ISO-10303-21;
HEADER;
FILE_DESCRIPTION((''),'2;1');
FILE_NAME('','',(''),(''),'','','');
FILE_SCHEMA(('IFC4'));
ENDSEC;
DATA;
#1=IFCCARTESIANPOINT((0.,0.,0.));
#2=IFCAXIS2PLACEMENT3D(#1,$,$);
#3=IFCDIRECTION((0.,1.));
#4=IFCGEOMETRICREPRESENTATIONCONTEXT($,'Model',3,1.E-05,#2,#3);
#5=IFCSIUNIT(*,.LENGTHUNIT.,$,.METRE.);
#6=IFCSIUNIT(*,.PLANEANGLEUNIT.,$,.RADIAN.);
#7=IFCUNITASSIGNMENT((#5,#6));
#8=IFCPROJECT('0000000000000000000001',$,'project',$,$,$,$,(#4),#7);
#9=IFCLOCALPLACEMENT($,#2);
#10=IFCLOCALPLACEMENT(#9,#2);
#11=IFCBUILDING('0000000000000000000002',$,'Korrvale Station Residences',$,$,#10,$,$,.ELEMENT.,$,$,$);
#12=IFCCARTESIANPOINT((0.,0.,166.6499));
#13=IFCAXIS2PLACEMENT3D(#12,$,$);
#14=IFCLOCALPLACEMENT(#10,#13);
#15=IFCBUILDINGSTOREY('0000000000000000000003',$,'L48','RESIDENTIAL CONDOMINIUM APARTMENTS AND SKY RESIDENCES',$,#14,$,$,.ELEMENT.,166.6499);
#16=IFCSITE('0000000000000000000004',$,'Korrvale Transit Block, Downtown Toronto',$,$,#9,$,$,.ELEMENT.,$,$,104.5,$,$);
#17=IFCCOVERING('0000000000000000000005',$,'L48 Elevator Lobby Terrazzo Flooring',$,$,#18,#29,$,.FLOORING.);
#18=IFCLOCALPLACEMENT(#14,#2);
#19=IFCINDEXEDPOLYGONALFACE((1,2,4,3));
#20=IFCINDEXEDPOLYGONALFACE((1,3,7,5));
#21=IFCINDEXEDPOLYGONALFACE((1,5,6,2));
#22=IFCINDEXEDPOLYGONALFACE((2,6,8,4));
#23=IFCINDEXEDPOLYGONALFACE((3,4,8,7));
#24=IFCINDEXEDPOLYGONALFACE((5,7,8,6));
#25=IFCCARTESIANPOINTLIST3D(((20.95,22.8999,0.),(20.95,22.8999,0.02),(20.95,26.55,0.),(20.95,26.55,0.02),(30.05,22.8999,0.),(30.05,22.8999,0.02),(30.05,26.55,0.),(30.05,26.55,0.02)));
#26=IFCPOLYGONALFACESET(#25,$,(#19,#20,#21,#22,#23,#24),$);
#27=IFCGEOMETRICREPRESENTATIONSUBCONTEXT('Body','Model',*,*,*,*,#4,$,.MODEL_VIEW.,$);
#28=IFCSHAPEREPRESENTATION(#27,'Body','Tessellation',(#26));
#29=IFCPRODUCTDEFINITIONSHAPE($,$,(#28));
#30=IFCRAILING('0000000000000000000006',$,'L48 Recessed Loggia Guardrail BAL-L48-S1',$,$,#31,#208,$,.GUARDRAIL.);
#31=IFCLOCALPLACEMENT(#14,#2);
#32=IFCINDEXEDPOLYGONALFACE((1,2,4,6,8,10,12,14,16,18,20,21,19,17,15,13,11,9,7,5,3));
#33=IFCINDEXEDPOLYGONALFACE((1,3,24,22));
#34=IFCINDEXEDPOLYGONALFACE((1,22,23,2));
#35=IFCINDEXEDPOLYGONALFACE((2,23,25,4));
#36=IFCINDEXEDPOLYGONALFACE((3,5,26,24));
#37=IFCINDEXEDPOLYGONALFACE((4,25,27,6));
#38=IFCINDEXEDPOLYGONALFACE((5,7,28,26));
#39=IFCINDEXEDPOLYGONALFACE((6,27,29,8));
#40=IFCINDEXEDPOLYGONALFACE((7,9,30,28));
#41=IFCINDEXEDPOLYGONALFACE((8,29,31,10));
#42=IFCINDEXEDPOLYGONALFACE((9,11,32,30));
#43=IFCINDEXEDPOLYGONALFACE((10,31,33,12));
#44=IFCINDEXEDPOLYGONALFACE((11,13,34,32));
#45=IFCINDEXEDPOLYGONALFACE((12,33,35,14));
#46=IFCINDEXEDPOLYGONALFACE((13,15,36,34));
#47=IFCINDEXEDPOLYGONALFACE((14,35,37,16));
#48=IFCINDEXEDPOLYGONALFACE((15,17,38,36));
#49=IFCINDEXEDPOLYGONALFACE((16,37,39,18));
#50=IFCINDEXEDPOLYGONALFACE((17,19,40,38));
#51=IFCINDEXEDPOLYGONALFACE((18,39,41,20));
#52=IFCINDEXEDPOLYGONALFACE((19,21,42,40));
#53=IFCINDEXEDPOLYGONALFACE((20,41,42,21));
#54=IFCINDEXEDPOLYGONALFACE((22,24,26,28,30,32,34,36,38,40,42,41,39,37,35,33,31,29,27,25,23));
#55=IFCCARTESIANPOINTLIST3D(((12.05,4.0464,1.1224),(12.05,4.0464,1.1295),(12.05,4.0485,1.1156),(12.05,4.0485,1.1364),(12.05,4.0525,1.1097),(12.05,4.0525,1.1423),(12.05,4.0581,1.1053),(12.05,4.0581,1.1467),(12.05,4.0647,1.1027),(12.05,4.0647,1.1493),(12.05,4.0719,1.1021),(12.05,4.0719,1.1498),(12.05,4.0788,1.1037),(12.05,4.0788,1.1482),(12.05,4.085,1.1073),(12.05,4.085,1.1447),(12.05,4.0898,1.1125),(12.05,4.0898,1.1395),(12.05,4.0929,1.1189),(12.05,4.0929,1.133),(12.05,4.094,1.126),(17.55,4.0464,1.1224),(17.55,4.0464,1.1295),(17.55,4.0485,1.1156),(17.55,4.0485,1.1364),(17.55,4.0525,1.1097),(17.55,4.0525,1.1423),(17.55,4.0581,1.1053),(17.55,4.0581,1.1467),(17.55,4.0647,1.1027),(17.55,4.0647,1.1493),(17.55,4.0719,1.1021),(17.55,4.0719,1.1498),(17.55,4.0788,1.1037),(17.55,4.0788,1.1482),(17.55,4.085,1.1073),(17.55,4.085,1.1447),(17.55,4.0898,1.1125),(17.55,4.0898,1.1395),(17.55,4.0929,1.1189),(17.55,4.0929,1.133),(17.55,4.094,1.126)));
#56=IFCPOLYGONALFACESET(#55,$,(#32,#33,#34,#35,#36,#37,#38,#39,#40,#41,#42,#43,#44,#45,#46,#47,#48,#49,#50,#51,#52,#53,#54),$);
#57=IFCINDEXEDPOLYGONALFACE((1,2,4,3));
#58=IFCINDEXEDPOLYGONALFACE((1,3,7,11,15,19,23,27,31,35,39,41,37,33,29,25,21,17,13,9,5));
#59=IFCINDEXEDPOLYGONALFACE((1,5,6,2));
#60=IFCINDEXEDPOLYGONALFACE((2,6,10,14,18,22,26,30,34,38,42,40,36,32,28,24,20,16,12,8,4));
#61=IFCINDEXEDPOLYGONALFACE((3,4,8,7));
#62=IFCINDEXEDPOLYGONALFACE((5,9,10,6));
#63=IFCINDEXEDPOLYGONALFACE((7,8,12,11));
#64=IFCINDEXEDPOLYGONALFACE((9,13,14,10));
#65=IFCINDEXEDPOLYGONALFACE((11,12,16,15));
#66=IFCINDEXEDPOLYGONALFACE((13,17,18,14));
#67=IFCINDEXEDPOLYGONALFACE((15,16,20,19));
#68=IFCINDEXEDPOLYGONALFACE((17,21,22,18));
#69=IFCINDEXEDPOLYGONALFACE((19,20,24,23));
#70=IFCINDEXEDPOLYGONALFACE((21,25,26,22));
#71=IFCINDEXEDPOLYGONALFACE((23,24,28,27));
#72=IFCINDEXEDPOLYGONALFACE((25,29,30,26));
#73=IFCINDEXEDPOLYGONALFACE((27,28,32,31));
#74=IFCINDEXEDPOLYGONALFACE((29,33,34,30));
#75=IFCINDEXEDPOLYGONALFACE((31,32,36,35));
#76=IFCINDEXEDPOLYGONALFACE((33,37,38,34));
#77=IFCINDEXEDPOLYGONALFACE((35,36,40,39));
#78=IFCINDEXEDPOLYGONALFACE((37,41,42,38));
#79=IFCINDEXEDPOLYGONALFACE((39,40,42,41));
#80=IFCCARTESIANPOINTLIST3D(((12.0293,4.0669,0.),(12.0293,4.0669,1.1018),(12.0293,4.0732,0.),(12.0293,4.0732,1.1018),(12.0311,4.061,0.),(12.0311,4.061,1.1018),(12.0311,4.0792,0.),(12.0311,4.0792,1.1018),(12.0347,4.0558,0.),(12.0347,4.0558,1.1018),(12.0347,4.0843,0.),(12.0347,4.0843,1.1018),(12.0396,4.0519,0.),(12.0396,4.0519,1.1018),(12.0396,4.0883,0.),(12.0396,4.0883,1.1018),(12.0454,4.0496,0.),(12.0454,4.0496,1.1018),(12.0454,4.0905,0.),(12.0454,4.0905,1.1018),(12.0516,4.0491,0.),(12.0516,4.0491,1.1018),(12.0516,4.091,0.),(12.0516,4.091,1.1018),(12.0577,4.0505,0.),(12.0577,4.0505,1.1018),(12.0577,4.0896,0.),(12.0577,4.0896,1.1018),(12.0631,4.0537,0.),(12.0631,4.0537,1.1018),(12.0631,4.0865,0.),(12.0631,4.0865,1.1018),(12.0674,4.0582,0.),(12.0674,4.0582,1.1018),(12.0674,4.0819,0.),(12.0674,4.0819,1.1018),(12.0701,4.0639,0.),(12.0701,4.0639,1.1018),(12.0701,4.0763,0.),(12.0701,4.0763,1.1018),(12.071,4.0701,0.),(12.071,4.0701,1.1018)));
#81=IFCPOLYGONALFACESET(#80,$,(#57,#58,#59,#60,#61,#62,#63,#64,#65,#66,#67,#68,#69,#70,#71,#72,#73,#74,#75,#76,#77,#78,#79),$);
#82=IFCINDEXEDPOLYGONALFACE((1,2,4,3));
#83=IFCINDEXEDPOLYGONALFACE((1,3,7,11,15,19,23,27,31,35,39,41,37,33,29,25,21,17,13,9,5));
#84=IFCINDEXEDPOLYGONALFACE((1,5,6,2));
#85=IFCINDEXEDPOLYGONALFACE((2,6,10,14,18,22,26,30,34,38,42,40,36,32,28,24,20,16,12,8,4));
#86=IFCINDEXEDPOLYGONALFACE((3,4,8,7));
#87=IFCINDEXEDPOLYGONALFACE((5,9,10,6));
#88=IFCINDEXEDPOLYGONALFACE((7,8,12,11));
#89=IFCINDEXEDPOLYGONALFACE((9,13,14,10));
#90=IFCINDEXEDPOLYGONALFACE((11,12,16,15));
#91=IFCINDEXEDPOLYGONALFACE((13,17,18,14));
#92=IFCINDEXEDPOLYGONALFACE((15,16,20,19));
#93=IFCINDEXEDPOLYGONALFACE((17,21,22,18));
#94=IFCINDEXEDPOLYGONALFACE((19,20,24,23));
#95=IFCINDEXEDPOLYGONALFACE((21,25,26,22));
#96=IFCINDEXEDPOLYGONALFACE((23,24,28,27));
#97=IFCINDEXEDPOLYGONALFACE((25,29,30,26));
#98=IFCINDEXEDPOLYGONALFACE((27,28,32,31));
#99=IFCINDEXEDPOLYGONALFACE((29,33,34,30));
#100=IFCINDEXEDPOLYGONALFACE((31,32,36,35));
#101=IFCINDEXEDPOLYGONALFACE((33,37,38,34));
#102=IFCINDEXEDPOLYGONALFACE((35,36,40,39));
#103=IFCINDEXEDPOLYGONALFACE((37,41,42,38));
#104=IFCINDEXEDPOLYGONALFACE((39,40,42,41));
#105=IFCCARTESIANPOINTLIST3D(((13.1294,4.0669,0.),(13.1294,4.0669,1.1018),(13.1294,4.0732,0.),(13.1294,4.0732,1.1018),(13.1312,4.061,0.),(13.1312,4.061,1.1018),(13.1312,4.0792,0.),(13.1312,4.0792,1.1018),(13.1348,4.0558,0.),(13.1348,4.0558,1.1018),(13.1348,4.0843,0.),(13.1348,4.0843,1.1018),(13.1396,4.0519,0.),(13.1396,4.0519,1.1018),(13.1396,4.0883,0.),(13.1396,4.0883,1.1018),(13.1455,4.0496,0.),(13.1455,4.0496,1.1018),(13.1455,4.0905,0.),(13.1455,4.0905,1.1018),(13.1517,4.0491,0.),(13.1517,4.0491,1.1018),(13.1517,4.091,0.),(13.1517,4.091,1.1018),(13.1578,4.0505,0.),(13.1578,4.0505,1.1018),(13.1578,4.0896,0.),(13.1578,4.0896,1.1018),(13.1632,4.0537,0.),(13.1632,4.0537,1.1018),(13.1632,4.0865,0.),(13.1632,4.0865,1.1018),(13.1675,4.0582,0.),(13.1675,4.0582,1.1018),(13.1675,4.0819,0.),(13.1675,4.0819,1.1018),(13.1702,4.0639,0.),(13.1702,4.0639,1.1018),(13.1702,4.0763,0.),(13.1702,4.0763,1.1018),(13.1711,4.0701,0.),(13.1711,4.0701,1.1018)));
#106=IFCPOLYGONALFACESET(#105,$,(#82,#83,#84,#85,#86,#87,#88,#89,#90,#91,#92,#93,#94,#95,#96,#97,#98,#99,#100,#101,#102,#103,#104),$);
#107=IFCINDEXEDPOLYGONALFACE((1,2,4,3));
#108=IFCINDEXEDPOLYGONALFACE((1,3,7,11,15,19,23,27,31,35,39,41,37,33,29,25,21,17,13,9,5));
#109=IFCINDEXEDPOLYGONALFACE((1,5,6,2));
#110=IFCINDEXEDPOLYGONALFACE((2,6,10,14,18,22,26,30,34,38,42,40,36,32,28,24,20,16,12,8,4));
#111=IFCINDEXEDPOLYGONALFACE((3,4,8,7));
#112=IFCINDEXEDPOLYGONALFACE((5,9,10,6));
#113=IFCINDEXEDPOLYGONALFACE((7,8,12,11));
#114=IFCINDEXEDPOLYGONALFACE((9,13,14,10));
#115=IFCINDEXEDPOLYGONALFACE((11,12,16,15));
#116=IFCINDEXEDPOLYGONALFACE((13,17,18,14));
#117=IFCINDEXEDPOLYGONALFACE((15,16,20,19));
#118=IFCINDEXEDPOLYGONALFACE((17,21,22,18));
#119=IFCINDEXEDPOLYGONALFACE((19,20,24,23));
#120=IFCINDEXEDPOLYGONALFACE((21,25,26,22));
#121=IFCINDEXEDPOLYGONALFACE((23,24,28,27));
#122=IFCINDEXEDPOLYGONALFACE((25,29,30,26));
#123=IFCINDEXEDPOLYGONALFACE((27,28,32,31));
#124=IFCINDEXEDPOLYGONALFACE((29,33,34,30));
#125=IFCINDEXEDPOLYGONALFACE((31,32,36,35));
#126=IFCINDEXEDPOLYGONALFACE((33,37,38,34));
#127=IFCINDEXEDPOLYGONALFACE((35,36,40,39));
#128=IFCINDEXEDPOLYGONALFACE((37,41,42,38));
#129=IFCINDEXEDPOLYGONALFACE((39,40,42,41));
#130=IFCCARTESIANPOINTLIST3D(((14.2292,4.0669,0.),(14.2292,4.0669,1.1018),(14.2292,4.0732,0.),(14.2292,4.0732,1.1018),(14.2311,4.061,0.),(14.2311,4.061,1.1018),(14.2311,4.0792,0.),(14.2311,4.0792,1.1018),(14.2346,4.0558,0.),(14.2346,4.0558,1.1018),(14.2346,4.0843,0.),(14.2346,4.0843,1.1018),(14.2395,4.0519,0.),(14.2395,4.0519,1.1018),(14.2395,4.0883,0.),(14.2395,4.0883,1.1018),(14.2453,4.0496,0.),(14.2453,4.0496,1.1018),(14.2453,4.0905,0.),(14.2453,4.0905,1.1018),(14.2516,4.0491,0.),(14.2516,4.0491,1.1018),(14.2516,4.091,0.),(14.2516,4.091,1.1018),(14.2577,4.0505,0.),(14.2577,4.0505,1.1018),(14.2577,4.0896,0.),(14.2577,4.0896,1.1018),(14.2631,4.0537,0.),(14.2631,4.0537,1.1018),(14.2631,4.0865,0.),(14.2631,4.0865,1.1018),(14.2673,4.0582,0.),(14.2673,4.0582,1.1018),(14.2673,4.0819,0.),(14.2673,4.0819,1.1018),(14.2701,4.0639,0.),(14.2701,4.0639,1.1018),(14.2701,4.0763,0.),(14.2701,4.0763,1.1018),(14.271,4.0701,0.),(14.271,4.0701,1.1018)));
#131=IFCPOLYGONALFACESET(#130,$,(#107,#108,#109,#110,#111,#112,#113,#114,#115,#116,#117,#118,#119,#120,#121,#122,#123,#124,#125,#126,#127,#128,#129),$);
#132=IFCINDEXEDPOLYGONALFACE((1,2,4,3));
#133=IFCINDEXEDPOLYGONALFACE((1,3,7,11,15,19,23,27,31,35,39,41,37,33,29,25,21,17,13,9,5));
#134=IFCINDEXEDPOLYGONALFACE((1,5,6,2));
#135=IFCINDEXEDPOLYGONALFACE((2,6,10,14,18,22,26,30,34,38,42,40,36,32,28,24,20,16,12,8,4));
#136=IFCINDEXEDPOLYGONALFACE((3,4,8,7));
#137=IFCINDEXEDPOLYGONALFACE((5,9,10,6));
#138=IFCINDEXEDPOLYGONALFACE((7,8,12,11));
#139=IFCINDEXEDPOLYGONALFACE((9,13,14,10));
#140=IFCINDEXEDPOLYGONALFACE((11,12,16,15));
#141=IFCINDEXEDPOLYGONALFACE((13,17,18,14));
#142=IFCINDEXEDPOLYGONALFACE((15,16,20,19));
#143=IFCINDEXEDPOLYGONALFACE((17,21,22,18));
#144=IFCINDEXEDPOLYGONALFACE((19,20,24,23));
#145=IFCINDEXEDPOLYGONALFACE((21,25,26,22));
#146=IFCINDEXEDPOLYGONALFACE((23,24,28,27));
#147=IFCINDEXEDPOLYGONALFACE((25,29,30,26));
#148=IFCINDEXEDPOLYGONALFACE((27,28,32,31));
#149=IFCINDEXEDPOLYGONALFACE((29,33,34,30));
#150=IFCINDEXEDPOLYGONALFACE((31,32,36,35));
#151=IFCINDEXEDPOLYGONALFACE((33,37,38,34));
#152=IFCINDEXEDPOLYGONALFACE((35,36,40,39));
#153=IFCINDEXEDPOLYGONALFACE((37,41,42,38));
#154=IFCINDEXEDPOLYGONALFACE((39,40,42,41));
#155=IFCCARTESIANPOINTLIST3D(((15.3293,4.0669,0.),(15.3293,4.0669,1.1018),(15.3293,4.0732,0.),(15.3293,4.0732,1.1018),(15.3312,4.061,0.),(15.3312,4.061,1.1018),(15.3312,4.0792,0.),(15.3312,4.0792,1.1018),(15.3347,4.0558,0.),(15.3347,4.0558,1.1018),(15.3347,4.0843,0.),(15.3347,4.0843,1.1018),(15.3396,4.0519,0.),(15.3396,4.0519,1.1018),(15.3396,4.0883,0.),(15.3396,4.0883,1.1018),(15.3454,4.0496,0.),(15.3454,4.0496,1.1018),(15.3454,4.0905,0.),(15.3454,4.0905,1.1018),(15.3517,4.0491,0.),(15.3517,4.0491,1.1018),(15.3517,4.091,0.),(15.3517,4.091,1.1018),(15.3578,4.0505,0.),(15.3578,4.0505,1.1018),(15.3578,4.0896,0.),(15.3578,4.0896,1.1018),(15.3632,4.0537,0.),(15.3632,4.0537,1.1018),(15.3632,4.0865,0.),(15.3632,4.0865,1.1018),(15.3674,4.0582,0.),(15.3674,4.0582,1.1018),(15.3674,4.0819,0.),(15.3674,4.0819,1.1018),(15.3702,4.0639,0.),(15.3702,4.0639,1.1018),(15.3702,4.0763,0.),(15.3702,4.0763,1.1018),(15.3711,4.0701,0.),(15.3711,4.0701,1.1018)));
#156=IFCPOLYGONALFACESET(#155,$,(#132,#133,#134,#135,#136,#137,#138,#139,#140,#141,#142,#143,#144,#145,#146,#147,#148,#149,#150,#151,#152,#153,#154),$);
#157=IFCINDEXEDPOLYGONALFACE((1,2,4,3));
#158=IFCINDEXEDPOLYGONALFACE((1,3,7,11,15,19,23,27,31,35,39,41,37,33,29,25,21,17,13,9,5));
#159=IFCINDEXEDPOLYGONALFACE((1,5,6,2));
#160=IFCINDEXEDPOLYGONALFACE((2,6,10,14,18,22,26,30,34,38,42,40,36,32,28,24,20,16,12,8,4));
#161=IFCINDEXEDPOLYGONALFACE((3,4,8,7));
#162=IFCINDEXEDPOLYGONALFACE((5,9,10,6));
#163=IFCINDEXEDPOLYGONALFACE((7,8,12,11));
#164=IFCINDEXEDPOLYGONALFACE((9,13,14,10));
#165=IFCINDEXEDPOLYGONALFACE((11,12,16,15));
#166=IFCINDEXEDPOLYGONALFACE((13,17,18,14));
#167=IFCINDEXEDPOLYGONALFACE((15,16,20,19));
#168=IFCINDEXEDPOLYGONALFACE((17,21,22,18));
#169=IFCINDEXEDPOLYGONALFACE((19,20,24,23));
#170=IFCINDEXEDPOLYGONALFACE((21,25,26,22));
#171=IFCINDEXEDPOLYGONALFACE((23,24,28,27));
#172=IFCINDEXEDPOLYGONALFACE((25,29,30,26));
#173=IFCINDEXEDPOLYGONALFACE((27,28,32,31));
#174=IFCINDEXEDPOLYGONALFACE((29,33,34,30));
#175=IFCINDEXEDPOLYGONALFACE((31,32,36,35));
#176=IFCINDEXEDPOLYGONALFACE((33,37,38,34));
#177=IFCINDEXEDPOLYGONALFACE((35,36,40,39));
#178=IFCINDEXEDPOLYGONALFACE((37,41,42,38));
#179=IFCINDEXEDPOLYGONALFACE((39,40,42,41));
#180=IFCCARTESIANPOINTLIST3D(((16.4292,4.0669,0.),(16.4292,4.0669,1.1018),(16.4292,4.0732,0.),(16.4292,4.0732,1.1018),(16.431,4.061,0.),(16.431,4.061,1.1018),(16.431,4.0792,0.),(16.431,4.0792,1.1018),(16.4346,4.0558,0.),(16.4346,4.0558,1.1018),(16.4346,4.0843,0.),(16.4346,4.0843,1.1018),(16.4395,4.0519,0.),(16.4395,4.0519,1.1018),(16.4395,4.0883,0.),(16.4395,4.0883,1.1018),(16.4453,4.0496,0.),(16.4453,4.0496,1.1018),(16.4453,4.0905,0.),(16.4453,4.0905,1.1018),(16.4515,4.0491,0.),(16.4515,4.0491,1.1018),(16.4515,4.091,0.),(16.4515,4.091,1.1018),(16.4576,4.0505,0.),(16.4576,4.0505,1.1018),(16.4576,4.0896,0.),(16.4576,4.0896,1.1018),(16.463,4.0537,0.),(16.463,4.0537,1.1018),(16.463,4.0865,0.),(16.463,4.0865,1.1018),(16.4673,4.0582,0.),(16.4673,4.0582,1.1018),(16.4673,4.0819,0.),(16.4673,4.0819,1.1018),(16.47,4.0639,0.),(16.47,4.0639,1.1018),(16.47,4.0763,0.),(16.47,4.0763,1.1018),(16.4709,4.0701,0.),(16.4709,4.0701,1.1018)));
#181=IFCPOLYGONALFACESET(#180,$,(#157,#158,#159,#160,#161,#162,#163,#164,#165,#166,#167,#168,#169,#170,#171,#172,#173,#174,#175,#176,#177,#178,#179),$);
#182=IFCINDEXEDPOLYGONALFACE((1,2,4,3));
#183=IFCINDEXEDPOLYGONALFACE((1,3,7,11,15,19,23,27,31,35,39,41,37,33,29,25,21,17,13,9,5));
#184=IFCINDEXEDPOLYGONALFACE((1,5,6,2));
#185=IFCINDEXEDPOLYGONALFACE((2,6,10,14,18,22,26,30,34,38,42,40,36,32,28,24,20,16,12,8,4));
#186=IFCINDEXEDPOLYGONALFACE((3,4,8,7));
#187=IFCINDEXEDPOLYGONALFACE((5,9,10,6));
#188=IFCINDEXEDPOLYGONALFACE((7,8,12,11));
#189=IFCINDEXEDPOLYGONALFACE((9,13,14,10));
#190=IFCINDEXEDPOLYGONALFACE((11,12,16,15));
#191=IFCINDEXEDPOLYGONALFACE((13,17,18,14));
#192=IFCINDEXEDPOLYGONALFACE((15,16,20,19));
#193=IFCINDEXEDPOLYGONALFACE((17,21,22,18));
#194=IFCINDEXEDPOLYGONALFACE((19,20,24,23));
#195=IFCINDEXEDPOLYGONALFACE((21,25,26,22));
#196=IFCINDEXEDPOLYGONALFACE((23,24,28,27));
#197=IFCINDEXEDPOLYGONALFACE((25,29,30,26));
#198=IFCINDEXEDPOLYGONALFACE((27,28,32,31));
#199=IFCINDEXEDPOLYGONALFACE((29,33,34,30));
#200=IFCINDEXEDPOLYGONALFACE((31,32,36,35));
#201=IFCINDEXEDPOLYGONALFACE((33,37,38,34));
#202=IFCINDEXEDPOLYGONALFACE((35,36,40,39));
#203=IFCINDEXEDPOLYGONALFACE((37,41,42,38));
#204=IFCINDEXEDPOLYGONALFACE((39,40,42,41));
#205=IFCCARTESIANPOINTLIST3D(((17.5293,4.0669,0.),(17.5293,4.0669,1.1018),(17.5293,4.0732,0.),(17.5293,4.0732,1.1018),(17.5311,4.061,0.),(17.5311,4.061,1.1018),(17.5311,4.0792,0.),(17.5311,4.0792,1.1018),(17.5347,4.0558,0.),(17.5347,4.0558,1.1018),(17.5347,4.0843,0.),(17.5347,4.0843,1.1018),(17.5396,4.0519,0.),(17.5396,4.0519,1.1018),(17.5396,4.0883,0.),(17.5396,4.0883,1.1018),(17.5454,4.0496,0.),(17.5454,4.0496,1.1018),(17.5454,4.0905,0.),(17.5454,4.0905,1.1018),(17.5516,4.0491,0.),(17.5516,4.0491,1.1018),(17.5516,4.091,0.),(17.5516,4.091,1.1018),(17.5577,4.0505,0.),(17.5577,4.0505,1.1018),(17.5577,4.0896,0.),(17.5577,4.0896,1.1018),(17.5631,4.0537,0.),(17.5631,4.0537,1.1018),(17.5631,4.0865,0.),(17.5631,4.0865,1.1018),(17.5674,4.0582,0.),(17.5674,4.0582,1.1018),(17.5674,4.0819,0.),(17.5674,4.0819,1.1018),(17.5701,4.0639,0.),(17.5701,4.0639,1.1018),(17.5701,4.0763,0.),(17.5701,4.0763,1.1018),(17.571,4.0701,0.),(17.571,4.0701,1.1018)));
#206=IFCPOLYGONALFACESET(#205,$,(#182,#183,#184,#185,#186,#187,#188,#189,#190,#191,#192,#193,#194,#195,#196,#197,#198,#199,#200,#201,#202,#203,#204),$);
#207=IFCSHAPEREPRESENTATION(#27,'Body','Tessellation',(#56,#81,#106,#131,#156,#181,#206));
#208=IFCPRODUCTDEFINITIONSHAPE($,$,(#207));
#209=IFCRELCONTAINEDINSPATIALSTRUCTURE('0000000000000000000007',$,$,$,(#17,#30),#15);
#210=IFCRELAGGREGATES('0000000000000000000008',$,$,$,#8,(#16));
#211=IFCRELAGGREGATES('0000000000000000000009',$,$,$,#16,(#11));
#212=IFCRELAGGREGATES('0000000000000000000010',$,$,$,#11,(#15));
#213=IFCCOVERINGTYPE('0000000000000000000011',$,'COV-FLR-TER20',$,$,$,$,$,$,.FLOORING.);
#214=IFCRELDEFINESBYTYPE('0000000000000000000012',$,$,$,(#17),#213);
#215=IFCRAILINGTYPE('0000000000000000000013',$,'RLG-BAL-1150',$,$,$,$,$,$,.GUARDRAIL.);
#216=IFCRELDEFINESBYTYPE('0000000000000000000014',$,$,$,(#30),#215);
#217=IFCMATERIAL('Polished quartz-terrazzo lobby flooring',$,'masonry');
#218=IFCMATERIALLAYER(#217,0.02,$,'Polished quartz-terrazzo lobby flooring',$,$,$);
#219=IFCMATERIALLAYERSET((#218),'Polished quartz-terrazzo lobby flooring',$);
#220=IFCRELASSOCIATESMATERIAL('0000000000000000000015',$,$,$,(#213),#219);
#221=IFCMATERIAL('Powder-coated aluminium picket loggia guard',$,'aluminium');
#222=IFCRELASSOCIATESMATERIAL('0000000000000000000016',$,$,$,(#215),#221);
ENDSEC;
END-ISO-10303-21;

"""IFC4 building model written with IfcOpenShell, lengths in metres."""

from ifc_helpers import new_model, si_unit, direction, frame, origin, origin_2d, place, context, subcontext, project, spatial, polyline, circle, outline, extrude, material, layer, layer_set, type_object, element, save


model = new_model("IFC4")

# Units and contexts
model_context = context("Model", 3, precision=1e-05, world=origin(), true_north=direction((0.0, 1.0)))
body_context = subcontext(model_context, "Body", "Model", "MODEL_VIEW")
ifc_project = project(units=[si_unit("LENGTHUNIT", "METRE"), si_unit("PLANEANGLEUNIT", "RADIAN")], contexts=[model_context])

# Site, building, storey
site_placement = place(None, origin())
site = spatial("IfcSite", under=ifc_project, at=site_placement, Name="Korrvale Transit Block, Downtown Toronto", CompositionType="ELEMENT", RefElevation=104.5)
building_placement = place(site_placement, origin())
building = spatial("IfcBuilding", under=site, at=building_placement, Name="Korrvale Station Residences", CompositionType="ELEMENT")
storey_placement = place(building_placement, frame((0.0, 0.0, 166.6499)))
storey = spatial("IfcBuildingStorey", under=building, at=storey_placement, Name="L48", Description="RESIDENTIAL CONDOMINIUM APARTMENTS AND SKY RESIDENCES", CompositionType="ELEMENT", Elevation=166.6499)

# Covering
ifc_material_1 = material(Name="Polished quartz-terrazzo lobby flooring", Category="masonry")
ifc_layer_1 = layer(ifc_material_1, 0.02, Name="Polished quartz-terrazzo lobby flooring")
ifc_layer_set_1 = layer_set([ifc_layer_1], Name="Polished quartz-terrazzo lobby flooring")
covering_type_1 = type_object("IfcCoveringType", Name="COV-FLR-TER20", PredefinedType="FLOORING", material=ifc_layer_set_1)
covering_1_placement = place(storey_placement, origin())
element("IfcCovering", 1, at=covering_1_placement, inside=storey, type_object=covering_type_1, Name="L48 Elevator Lobby Terrazzo Flooring", PredefinedType="FLOORING", context=body_context, shape_type="SweptSolid", body=[
    extrude(outline(polyline([(20.95, 22.8999), (30.05, 22.8999), (30.05, 26.55), (20.95, 26.55), (20.95, 22.8999)])), origin(), (0.0, 0.0, 1.0), 0.02),
])

# Railing
ifc_material_2 = material(Name="Powder-coated aluminium picket loggia guard", Category="aluminium")
railing_type = type_object("IfcRailingType", Name="RLG-BAL-1150", PredefinedType="GUARDRAIL", material=ifc_material_2)
railing_placement = place(storey_placement, frame((12.05, 4.0701, 0.0)))
element("IfcRailing", 2, at=railing_placement, inside=storey, type_object=railing_type, Name="L48 Recessed Loggia Guardrail BAL-L48-S1", PredefinedType="GUARDRAIL", context=body_context, shape_type="SweptSolid", body=[
    extrude(circle(Radius=0.0239, at=origin_2d()), frame((0.0, 0.0, 1.126), z_axis=(1.0, 0.0, 0.0), x_axis=(0.0, 1.0, 0.0)), (0.0, 0.0, 1.0), 5.5),
    extrude(circle(Radius=0.021, at=origin_2d()), origin(), (0.0, 0.0, 1.0), 1.1018),
    extrude(circle(Radius=0.021, at=origin_2d()), frame((1.1001, 0.0, 0.0)), (0.0, 0.0, 1.0), 1.1018),
    extrude(circle(Radius=0.021, at=origin_2d()), frame((2.2, 0.0, 0.0)), (0.0, 0.0, 1.0), 1.1018),
    extrude(circle(Radius=0.021, at=origin_2d()), frame((3.3, 0.0, 0.0)), (0.0, 0.0, 1.0), 1.1018),
    extrude(circle(Radius=0.021, at=origin_2d()), frame((4.3999, 0.0, 0.0)), (0.0, 0.0, 1.0), 1.1018),
    extrude(circle(Radius=0.021, at=origin_2d()), frame((5.5, 0.0, 0.0)), (0.0, 0.0, 1.0), 1.1018),
])

save(model, "model.ifc")
